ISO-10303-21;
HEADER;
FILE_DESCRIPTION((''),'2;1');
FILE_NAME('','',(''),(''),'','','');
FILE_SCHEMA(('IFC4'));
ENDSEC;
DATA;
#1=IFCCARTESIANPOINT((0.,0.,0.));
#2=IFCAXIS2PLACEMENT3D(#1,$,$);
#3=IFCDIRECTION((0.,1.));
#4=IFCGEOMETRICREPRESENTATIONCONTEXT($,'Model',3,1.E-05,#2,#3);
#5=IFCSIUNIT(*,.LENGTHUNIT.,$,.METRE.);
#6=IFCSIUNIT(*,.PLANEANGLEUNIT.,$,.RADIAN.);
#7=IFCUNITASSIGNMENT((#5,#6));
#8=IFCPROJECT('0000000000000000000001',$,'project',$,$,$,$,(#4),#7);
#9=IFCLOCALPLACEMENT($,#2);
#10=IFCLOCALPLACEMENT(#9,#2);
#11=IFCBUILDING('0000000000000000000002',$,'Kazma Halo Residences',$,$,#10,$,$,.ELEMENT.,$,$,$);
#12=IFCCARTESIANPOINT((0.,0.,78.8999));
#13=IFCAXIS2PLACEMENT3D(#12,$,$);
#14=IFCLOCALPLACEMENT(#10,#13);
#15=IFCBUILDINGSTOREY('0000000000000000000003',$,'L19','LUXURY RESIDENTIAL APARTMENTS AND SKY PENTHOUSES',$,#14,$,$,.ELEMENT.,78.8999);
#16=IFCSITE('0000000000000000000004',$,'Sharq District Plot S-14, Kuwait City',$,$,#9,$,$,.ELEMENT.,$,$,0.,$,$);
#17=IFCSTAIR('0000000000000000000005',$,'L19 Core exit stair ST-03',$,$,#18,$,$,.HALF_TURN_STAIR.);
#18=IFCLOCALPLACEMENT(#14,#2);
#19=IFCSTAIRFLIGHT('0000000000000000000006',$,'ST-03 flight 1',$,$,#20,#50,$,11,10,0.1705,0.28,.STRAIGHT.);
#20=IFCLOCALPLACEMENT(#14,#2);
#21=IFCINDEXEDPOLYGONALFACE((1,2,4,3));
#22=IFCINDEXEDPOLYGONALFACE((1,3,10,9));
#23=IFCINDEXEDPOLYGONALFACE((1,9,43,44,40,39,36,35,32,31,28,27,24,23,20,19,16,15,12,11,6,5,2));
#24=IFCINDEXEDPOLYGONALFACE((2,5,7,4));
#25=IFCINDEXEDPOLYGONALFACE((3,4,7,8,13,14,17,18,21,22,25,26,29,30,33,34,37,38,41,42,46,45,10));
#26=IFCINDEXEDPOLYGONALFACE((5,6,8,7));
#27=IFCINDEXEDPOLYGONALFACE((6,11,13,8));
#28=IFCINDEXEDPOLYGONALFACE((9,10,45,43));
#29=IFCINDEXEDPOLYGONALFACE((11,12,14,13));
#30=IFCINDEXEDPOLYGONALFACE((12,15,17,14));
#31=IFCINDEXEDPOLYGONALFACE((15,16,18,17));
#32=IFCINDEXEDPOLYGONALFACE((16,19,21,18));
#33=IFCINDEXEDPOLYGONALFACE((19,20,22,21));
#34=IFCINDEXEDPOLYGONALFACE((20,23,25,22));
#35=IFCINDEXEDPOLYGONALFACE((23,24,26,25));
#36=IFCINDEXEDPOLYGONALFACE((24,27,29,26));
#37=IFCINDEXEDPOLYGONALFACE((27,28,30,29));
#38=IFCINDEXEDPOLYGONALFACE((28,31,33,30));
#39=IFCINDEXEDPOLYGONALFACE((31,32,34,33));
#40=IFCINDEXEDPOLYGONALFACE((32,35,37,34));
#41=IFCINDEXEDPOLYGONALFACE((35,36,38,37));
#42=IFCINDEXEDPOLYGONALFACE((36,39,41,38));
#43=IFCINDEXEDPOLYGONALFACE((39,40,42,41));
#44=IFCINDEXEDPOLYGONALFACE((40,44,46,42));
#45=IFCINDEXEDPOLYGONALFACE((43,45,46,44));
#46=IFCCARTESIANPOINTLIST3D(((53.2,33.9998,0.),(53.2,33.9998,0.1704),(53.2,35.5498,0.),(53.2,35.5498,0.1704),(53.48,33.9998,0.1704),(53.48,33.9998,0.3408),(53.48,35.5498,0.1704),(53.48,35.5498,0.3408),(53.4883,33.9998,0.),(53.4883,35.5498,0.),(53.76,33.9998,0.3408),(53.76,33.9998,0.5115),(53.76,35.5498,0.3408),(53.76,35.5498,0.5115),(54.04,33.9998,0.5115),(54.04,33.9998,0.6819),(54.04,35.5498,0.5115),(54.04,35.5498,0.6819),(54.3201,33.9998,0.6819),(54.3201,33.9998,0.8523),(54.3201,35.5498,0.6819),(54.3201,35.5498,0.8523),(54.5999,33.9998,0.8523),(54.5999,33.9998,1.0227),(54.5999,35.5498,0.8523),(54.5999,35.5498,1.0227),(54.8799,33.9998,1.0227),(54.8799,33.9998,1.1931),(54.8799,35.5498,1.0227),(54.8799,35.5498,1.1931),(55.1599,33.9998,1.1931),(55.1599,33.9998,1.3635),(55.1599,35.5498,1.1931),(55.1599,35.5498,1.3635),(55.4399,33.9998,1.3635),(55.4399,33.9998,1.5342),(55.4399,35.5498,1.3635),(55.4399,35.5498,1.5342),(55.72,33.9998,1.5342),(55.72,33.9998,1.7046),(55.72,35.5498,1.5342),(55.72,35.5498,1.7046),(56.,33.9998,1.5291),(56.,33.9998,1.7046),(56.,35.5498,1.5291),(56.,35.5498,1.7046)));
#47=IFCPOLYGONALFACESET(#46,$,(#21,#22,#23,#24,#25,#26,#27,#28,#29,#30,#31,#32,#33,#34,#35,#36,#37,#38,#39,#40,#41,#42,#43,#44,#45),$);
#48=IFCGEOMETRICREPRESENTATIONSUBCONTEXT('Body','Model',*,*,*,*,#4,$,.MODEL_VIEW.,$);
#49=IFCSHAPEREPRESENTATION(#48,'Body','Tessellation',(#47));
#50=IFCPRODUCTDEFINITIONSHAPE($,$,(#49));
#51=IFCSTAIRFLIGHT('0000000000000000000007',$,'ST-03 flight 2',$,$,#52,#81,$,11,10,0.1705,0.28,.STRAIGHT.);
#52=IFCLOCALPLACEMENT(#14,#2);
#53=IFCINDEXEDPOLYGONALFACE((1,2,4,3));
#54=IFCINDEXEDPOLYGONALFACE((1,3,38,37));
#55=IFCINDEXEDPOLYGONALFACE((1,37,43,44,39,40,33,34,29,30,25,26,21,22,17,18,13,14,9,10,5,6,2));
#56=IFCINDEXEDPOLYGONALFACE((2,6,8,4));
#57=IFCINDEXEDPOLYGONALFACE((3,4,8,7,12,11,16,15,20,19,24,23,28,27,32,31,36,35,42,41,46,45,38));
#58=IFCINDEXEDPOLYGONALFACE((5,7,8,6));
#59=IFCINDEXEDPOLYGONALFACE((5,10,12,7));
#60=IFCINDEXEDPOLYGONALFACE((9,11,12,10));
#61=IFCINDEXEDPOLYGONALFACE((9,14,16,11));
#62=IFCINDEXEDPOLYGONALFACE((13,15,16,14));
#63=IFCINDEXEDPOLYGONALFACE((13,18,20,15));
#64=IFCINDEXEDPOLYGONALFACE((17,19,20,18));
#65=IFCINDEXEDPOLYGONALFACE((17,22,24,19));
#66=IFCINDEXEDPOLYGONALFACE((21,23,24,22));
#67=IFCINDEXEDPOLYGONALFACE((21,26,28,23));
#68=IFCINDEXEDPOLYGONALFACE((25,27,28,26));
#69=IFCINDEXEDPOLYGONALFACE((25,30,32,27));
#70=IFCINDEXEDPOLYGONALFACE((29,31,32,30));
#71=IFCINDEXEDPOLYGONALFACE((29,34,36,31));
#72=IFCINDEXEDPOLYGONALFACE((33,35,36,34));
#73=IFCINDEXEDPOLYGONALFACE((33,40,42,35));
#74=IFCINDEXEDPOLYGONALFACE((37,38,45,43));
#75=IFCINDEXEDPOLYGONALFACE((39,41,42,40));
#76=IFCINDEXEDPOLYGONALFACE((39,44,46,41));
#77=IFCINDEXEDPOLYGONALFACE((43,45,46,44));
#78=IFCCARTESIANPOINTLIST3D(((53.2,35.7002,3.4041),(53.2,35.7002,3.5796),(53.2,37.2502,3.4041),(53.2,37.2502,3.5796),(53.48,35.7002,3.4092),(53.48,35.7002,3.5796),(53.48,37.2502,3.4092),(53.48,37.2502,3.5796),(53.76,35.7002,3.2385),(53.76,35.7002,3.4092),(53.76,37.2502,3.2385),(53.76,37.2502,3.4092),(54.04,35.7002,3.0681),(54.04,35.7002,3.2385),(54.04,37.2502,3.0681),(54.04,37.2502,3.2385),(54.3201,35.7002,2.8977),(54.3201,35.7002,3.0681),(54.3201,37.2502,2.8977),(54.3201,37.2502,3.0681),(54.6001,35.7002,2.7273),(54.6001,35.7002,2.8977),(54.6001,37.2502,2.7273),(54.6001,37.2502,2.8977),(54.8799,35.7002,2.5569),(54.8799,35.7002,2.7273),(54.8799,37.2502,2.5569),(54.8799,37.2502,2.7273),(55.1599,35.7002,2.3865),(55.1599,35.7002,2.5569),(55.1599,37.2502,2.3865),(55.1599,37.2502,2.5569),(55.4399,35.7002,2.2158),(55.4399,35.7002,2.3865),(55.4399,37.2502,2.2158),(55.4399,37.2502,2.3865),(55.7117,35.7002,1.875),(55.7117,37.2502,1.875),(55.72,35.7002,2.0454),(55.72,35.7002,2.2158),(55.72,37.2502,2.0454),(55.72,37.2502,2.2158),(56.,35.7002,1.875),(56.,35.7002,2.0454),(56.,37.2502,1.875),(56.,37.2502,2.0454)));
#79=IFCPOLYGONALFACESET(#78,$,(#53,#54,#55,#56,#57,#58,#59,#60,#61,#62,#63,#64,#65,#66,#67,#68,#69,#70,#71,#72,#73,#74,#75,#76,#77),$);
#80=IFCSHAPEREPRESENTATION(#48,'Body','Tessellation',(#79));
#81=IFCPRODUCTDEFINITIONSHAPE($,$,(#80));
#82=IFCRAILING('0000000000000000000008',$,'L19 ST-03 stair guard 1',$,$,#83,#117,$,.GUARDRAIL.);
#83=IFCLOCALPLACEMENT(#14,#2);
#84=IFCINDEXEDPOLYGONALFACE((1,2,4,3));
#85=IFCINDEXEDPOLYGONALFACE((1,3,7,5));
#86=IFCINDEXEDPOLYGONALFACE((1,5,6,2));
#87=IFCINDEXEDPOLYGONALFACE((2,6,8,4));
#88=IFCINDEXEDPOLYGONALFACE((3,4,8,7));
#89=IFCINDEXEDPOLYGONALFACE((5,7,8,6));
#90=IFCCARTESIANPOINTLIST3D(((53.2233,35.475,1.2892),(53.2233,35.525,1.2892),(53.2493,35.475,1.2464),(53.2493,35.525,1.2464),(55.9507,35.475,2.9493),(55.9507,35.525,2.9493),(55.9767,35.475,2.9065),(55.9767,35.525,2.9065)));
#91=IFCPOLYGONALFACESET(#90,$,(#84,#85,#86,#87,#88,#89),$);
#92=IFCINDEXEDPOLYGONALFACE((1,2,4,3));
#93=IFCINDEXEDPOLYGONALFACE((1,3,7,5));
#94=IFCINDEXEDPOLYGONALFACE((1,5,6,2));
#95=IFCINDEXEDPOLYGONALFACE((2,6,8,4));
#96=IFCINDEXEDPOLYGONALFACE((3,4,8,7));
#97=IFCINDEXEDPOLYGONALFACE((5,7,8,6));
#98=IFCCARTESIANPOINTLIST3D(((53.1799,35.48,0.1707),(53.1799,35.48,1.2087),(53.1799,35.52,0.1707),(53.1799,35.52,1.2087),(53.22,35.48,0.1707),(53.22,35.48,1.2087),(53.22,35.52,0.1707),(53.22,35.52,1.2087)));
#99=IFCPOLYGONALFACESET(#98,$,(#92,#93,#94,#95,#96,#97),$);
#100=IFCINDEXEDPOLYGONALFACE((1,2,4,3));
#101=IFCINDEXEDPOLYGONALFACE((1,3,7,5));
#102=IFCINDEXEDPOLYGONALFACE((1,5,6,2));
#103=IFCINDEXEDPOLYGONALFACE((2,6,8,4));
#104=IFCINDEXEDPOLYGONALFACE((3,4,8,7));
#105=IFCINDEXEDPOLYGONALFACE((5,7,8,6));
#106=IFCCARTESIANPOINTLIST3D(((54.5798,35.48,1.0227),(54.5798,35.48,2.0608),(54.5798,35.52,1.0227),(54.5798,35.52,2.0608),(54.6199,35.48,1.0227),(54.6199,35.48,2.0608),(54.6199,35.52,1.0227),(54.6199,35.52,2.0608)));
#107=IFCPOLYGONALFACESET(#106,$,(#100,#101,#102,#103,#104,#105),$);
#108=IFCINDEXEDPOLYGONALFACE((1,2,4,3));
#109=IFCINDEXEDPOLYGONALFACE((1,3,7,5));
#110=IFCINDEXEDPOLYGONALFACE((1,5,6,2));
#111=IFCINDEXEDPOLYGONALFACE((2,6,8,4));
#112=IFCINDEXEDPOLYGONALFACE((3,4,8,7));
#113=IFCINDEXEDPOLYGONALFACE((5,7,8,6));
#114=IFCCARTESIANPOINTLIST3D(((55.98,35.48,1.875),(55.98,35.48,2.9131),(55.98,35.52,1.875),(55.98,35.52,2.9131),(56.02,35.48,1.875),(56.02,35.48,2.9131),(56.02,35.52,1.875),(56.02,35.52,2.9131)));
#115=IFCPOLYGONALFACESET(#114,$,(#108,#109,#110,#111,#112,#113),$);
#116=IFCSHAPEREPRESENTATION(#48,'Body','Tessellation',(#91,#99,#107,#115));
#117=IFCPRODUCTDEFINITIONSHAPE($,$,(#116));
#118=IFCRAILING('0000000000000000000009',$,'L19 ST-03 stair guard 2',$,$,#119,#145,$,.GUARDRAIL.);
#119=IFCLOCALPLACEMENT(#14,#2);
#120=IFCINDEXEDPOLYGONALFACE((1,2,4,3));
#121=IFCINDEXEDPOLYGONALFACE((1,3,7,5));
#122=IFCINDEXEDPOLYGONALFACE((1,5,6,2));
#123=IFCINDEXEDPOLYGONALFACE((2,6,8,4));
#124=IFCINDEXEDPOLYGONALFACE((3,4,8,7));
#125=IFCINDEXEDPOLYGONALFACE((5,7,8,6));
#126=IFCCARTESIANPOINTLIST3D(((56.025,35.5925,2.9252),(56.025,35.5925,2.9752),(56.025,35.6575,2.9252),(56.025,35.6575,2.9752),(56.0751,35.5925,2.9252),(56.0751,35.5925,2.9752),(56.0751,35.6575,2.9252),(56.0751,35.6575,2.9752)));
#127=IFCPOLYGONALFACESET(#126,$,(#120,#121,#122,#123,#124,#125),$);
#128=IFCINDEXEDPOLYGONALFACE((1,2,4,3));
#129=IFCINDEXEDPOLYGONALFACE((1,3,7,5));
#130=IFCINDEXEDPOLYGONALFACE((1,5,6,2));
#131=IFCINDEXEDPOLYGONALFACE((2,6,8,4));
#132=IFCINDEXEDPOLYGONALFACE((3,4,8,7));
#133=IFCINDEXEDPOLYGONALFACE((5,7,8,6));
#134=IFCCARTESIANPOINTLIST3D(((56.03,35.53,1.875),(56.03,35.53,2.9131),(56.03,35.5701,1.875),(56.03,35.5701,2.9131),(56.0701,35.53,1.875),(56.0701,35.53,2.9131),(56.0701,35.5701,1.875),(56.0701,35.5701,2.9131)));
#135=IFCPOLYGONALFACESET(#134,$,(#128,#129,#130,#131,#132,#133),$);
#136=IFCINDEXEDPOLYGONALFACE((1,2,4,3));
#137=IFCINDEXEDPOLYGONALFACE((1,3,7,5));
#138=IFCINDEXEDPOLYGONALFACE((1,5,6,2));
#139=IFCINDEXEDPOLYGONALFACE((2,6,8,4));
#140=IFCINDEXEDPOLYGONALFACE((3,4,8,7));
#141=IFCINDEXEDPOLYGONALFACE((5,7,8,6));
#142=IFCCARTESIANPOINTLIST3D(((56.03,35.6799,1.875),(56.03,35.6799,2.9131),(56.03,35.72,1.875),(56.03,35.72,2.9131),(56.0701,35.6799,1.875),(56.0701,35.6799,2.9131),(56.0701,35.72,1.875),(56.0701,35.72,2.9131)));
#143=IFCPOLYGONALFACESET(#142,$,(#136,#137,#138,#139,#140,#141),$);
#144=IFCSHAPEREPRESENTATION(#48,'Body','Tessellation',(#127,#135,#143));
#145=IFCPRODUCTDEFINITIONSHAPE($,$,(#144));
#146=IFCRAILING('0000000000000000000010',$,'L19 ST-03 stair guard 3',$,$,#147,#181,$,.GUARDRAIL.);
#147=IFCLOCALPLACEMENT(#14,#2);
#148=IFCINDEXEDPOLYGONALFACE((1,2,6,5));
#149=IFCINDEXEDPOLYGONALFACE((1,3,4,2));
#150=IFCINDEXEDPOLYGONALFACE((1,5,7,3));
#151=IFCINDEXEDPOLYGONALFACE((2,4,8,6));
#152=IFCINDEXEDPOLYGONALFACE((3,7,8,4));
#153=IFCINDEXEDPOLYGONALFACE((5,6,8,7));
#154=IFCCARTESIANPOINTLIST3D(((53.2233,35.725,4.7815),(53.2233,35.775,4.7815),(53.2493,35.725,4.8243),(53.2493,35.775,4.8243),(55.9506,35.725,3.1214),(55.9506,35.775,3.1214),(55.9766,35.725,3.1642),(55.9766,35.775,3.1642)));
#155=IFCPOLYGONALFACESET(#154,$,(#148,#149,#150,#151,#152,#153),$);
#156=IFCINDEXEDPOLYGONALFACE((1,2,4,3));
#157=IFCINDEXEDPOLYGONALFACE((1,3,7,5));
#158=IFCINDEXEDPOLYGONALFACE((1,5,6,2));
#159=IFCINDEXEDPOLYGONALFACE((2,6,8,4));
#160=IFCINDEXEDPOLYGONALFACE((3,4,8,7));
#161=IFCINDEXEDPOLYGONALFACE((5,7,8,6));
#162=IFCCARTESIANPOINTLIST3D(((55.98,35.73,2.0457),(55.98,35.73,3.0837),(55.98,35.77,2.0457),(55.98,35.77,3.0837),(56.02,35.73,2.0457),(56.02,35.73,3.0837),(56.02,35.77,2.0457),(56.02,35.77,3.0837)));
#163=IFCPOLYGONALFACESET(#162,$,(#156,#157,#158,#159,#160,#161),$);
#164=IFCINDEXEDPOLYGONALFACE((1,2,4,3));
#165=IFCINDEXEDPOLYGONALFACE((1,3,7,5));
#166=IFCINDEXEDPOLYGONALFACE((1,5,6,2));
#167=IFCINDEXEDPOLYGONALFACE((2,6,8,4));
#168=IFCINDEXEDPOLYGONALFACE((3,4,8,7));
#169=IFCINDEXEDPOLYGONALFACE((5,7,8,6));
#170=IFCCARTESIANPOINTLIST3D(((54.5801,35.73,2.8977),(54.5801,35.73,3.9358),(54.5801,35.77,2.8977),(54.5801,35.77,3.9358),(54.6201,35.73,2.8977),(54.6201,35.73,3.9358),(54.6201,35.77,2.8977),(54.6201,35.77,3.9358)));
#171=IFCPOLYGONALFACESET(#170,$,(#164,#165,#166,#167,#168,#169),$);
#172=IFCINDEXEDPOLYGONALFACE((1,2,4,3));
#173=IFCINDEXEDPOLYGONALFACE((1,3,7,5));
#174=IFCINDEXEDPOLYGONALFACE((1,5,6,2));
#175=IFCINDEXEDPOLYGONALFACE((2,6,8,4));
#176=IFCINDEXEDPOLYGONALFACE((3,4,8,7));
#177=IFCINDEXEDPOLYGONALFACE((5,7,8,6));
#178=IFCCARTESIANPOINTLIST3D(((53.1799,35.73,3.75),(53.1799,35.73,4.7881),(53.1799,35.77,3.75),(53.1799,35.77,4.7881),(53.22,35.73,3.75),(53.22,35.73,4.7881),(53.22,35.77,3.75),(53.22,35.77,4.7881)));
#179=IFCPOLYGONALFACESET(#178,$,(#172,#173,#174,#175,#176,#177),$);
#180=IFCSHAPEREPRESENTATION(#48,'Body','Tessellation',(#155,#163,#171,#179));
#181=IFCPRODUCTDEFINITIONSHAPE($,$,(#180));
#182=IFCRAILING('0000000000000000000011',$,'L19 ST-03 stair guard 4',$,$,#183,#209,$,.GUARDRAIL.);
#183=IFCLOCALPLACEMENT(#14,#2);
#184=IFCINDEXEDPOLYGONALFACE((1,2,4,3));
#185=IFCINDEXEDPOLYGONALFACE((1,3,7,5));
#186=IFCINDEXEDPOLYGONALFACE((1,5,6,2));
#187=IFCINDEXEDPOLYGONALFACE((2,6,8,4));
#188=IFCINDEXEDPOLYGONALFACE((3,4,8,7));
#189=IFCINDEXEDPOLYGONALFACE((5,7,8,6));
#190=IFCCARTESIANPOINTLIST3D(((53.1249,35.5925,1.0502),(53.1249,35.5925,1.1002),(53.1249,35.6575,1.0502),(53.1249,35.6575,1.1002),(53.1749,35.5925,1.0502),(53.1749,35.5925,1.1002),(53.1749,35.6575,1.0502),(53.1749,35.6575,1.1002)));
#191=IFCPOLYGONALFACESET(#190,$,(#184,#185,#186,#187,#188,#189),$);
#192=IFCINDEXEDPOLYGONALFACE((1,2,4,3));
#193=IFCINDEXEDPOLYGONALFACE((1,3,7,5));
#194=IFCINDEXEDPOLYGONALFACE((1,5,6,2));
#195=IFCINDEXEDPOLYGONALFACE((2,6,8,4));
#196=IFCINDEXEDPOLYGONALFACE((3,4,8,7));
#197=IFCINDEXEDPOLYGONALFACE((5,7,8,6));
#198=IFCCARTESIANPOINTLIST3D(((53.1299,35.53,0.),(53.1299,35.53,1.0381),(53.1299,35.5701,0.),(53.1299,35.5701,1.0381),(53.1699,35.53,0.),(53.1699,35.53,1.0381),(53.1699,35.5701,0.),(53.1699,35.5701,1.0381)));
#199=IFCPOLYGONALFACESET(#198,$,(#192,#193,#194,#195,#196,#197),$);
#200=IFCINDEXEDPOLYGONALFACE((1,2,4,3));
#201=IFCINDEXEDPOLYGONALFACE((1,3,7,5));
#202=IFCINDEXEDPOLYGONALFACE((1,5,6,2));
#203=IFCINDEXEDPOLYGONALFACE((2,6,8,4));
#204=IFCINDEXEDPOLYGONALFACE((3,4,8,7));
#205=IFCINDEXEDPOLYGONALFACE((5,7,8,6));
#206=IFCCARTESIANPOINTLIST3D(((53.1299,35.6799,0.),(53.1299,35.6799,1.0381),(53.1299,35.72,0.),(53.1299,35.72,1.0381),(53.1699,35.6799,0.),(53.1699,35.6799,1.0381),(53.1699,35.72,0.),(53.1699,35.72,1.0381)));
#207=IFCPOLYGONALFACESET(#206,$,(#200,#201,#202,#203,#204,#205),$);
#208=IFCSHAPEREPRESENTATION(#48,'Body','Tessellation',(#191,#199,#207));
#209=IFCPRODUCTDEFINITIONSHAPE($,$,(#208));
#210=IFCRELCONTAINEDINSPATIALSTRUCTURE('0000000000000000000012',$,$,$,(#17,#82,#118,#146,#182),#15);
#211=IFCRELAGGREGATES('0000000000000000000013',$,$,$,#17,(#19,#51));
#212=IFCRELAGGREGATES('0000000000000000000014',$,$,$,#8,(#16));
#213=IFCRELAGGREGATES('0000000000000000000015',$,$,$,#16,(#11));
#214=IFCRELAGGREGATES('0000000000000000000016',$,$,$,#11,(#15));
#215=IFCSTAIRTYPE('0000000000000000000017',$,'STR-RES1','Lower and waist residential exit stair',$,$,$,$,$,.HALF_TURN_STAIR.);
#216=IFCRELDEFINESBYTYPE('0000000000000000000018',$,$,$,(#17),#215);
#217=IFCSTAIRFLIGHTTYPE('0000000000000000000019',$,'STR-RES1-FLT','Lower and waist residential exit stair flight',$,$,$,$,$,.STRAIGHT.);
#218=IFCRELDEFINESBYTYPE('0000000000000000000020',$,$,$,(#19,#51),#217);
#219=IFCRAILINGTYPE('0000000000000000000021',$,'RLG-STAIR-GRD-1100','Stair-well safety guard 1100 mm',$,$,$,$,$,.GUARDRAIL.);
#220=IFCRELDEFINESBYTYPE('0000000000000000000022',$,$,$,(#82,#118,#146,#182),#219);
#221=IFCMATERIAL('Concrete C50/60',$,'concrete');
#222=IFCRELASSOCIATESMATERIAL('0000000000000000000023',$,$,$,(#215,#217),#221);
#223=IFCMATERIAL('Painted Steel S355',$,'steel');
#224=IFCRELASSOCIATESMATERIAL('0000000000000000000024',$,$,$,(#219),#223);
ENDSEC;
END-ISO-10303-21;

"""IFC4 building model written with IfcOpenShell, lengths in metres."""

from ifc_helpers import new_model, si_unit, direction, frame, origin, origin_2d, place, context, subcontext, project, spatial, polyline, rectangle, outline, extrude, material, type_object, element, aggregate, save


model = new_model("IFC4")

# Units and contexts
model_context = context("Model", 3, precision=1e-05, world=origin(), true_north=direction((0.0, 1.0)))
body_context = subcontext(model_context, "Body", "Model", "MODEL_VIEW")
ifc_project = project(units=[si_unit("LENGTHUNIT", "METRE"), si_unit("PLANEANGLEUNIT", "RADIAN")], contexts=[model_context])

# Site, building, storey
site_placement = place(None, origin())
site = spatial("IfcSite", under=ifc_project, at=site_placement, Name="Sharq District Plot S-14, Kuwait City", CompositionType="ELEMENT", RefElevation=0.0)
building_placement = place(site_placement, origin())
building = spatial("IfcBuilding", under=site, at=building_placement, Name="Kazma Halo Residences", CompositionType="ELEMENT")
storey_placement = place(building_placement, frame((0.0, 0.0, 78.8999)))
storey = spatial("IfcBuildingStorey", under=building, at=storey_placement, Name="L19", Description="LUXURY RESIDENTIAL APARTMENTS AND SKY PENTHOUSES", CompositionType="ELEMENT", Elevation=78.8999)

# Shared definitions
ifc_material_1 = material(Name="Concrete C50/60", Category="concrete")

# Stair, stair flights
stair_type = type_object("IfcStairType", Name="STR-RES1", Description="Lower and waist residential exit stair", PredefinedType="HALF_TURN_STAIR", material=ifc_material_1)
stair_placement = place(storey_placement, origin())
stair = element("IfcStair", 1, at=stair_placement, inside=storey, type_object=stair_type, Name="L19 Core exit stair ST-03", PredefinedType="HALF_TURN_STAIR")
stair_flight_type = type_object("IfcStairFlightType", Name="STR-RES1-FLT", Description="Lower and waist residential exit stair flight", PredefinedType="STRAIGHT", material=ifc_material_1)
stair_flight_1_placement = place(storey_placement, frame((53.2, 34.7749, 0.0), z_axis=(0.0, 0.0, 1.0), x_axis=(1.0, 0.0, 0.0)))
stair_flight_1 = element("IfcStairFlight", 2, at=stair_flight_1_placement, type_object=stair_flight_type, Name="ST-03 flight 1", NumberOfRisers=11, NumberOfTreads=10, PredefinedType="STRAIGHT", RiserHeight=0.1705, TreadLength=0.28, context=body_context, shape_type="SweptSolid", body=[
    extrude(outline(polyline([(0.0, 0.0), (0.0, 0.1704), (0.28, 0.1704), (0.28, 0.3408), (0.5601, 0.3408), (0.5601, 0.5115), (0.8401, 0.5115), (0.8401, 0.6819), (1.1201, 0.6819), (1.1201, 0.8523), (1.3999, 0.8523), (1.3999, 1.0227), (1.6799, 1.0227), (1.6799, 1.1931), (1.96, 1.1931), (1.96, 1.3635), (2.24, 1.3635), (2.24, 1.5342), (2.52, 1.5342), (2.52, 1.7046), (2.8, 1.7046), (2.8, 1.875), (2.8, 1.5291), (0.2883, 0.0), (0.0, 0.0)])), frame((0.0, 0.7749, 0.0), z_axis=(0.0, -1.0, 0.0), x_axis=(1.0, 0.0, 0.0)), (0.0, 0.0, 1.0), 1.55),
])
stair_flight_2_placement = place(storey_placement, frame((56.0, 36.4751, 1.875), z_axis=(0.0, 0.0, 1.0), x_axis=(-1.0, 0.0, 0.0)))
stair_flight_2 = element("IfcStairFlight", 3, at=stair_flight_2_placement, type_object=stair_flight_type, Name="ST-03 flight 2", NumberOfRisers=11, NumberOfTreads=10, PredefinedType="STRAIGHT", RiserHeight=0.1705, TreadLength=0.28, context=body_context, shape_type="SweptSolid", body=[
    extrude(outline(polyline([(0.0, 0.0), (0.0, 0.1704), (0.28, 0.1704), (0.28, 0.3408), (0.5601, 0.3408), (0.5601, 0.5115), (0.8401, 0.5115), (0.8401, 0.6819), (1.1201, 0.6819), (1.1201, 0.8523), (1.3999, 0.8523), (1.3999, 1.0227), (1.6799, 1.0227), (1.6799, 1.1931), (1.96, 1.1931), (1.96, 1.3635), (2.24, 1.3635), (2.24, 1.5342), (2.52, 1.5342), (2.52, 1.7046), (2.8, 1.7046), (2.8, 1.875), (2.8, 1.5291), (0.2883, 0.0), (0.0, 0.0)])), frame((0.0, 0.7749, 0.0), z_axis=(0.0, -1.0, 0.0), x_axis=(1.0, 0.0, 0.0)), (0.0, 0.0, 1.0), 1.55),
])
aggregate(stair, [stair_flight_1, stair_flight_2])

# Railings
ifc_material_2 = material(Name="Painted Steel S355", Category="steel")
railing_type_1 = type_object("IfcRailingType", Name="RLG-STAIR-GRD-1100", Description="Stair-well safety guard 1100 mm", PredefinedType="GUARDRAIL", material=ifc_material_2)
railing_1_placement = place(storey_placement, frame((53.2, 35.5, 0.1707)))
element("IfcRailing", 4, at=railing_1_placement, inside=storey, type_object=railing_type_1, Name="L19 ST-03 stair guard 1", PredefinedType="GUARDRAIL", context=body_context, shape_type="SweptSolid", body=[
    extrude(rectangle(XDim=0.05, YDim=0.05, at=origin_2d()), frame((0.0364, 0.0, 1.0972), z_axis=(0.854203, 0.0, 0.51994), x_axis=(0.0, 1.0, 0.0)), (0.0, 0.0, 1.0), 3.1929),
    extrude(rectangle(XDim=0.04, YDim=0.04, at=origin_2d()), origin(), (0.0, 0.0, 1.0), 1.0381),
    extrude(rectangle(XDim=0.04, YDim=0.04, at=origin_2d()), frame((1.3999, 0.0, 0.8521)), (0.0, 0.0, 1.0), 1.0381),
    extrude(rectangle(XDim=0.04, YDim=0.04, at=origin_2d()), frame((2.8, 0.0, 1.7043)), (0.0, 0.0, 1.0), 1.0381),
])
railing_2_placement = place(storey_placement, frame((56.05, 35.55, 1.875)))
element("IfcRailing", 5, at=railing_2_placement, inside=storey, type_object=railing_type_1, Name="L19 ST-03 stair guard 2", PredefinedType="GUARDRAIL", context=body_context, shape_type="SweptSolid", body=[
    extrude(rectangle(XDim=0.05, YDim=0.05, at=origin_2d()), frame((0.0, 0.0425, 1.0752), z_axis=(0.0, 1.0, 0.0), x_axis=(-1.0, 0.0, 0.0)), (0.0, 0.0, 1.0), 0.0649),
    extrude(rectangle(XDim=0.04, YDim=0.04, at=origin_2d()), origin(), (0.0, 0.0, 1.0), 1.0381),
    extrude(rectangle(XDim=0.04, YDim=0.04, at=origin_2d()), frame((0.0, 0.1499, 0.0)), (0.0, 0.0, 1.0), 1.0381),
])
railing_3_placement = place(storey_placement, frame((56.0, 35.75, 2.0457)))
element("IfcRailing", 6, at=railing_3_placement, inside=storey, type_object=railing_type_1, Name="L19 ST-03 stair guard 3", PredefinedType="GUARDRAIL", context=body_context, shape_type="SweptSolid", body=[
    extrude(rectangle(XDim=0.05, YDim=0.05, at=origin_2d()), frame((-0.0364, 0.0, 1.0972), z_axis=(-0.854203, 0.0, 0.51994), x_axis=(0.0, -1.0, 0.0)), (0.0, 0.0, 1.0), 3.1929),
    extrude(rectangle(XDim=0.04, YDim=0.04, at=origin_2d()), origin(), (0.0, 0.0, 1.0), 1.0381),
    extrude(rectangle(XDim=0.04, YDim=0.04, at=origin_2d()), frame((-1.3999, 0.0, 0.8521)), (0.0, 0.0, 1.0), 1.0381),
    extrude(rectangle(XDim=0.04, YDim=0.04, at=origin_2d()), frame((-2.8, 0.0, 1.7043)), (0.0, 0.0, 1.0), 1.0381),
])
railing_4_placement = place(storey_placement, frame((53.1499, 35.55, 0.0)))
element("IfcRailing", 7, at=railing_4_placement, inside=storey, type_object=railing_type_1, Name="L19 ST-03 stair guard 4", PredefinedType="GUARDRAIL", context=body_context, shape_type="SweptSolid", body=[
    extrude(rectangle(XDim=0.05, YDim=0.05, at=origin_2d()), frame((0.0, 0.0425, 1.0752), z_axis=(0.0, 1.0, 0.0), x_axis=(-1.0, 0.0, 0.0)), (0.0, 0.0, 1.0), 0.0649),
    extrude(rectangle(XDim=0.04, YDim=0.04, at=origin_2d()), origin(), (0.0, 0.0, 1.0), 1.0381),
    extrude(rectangle(XDim=0.04, YDim=0.04, at=origin_2d()), frame((0.0, 0.1499, 0.0)), (0.0, 0.0, 1.0), 1.0381),
])

save(model, "model.ifc")
